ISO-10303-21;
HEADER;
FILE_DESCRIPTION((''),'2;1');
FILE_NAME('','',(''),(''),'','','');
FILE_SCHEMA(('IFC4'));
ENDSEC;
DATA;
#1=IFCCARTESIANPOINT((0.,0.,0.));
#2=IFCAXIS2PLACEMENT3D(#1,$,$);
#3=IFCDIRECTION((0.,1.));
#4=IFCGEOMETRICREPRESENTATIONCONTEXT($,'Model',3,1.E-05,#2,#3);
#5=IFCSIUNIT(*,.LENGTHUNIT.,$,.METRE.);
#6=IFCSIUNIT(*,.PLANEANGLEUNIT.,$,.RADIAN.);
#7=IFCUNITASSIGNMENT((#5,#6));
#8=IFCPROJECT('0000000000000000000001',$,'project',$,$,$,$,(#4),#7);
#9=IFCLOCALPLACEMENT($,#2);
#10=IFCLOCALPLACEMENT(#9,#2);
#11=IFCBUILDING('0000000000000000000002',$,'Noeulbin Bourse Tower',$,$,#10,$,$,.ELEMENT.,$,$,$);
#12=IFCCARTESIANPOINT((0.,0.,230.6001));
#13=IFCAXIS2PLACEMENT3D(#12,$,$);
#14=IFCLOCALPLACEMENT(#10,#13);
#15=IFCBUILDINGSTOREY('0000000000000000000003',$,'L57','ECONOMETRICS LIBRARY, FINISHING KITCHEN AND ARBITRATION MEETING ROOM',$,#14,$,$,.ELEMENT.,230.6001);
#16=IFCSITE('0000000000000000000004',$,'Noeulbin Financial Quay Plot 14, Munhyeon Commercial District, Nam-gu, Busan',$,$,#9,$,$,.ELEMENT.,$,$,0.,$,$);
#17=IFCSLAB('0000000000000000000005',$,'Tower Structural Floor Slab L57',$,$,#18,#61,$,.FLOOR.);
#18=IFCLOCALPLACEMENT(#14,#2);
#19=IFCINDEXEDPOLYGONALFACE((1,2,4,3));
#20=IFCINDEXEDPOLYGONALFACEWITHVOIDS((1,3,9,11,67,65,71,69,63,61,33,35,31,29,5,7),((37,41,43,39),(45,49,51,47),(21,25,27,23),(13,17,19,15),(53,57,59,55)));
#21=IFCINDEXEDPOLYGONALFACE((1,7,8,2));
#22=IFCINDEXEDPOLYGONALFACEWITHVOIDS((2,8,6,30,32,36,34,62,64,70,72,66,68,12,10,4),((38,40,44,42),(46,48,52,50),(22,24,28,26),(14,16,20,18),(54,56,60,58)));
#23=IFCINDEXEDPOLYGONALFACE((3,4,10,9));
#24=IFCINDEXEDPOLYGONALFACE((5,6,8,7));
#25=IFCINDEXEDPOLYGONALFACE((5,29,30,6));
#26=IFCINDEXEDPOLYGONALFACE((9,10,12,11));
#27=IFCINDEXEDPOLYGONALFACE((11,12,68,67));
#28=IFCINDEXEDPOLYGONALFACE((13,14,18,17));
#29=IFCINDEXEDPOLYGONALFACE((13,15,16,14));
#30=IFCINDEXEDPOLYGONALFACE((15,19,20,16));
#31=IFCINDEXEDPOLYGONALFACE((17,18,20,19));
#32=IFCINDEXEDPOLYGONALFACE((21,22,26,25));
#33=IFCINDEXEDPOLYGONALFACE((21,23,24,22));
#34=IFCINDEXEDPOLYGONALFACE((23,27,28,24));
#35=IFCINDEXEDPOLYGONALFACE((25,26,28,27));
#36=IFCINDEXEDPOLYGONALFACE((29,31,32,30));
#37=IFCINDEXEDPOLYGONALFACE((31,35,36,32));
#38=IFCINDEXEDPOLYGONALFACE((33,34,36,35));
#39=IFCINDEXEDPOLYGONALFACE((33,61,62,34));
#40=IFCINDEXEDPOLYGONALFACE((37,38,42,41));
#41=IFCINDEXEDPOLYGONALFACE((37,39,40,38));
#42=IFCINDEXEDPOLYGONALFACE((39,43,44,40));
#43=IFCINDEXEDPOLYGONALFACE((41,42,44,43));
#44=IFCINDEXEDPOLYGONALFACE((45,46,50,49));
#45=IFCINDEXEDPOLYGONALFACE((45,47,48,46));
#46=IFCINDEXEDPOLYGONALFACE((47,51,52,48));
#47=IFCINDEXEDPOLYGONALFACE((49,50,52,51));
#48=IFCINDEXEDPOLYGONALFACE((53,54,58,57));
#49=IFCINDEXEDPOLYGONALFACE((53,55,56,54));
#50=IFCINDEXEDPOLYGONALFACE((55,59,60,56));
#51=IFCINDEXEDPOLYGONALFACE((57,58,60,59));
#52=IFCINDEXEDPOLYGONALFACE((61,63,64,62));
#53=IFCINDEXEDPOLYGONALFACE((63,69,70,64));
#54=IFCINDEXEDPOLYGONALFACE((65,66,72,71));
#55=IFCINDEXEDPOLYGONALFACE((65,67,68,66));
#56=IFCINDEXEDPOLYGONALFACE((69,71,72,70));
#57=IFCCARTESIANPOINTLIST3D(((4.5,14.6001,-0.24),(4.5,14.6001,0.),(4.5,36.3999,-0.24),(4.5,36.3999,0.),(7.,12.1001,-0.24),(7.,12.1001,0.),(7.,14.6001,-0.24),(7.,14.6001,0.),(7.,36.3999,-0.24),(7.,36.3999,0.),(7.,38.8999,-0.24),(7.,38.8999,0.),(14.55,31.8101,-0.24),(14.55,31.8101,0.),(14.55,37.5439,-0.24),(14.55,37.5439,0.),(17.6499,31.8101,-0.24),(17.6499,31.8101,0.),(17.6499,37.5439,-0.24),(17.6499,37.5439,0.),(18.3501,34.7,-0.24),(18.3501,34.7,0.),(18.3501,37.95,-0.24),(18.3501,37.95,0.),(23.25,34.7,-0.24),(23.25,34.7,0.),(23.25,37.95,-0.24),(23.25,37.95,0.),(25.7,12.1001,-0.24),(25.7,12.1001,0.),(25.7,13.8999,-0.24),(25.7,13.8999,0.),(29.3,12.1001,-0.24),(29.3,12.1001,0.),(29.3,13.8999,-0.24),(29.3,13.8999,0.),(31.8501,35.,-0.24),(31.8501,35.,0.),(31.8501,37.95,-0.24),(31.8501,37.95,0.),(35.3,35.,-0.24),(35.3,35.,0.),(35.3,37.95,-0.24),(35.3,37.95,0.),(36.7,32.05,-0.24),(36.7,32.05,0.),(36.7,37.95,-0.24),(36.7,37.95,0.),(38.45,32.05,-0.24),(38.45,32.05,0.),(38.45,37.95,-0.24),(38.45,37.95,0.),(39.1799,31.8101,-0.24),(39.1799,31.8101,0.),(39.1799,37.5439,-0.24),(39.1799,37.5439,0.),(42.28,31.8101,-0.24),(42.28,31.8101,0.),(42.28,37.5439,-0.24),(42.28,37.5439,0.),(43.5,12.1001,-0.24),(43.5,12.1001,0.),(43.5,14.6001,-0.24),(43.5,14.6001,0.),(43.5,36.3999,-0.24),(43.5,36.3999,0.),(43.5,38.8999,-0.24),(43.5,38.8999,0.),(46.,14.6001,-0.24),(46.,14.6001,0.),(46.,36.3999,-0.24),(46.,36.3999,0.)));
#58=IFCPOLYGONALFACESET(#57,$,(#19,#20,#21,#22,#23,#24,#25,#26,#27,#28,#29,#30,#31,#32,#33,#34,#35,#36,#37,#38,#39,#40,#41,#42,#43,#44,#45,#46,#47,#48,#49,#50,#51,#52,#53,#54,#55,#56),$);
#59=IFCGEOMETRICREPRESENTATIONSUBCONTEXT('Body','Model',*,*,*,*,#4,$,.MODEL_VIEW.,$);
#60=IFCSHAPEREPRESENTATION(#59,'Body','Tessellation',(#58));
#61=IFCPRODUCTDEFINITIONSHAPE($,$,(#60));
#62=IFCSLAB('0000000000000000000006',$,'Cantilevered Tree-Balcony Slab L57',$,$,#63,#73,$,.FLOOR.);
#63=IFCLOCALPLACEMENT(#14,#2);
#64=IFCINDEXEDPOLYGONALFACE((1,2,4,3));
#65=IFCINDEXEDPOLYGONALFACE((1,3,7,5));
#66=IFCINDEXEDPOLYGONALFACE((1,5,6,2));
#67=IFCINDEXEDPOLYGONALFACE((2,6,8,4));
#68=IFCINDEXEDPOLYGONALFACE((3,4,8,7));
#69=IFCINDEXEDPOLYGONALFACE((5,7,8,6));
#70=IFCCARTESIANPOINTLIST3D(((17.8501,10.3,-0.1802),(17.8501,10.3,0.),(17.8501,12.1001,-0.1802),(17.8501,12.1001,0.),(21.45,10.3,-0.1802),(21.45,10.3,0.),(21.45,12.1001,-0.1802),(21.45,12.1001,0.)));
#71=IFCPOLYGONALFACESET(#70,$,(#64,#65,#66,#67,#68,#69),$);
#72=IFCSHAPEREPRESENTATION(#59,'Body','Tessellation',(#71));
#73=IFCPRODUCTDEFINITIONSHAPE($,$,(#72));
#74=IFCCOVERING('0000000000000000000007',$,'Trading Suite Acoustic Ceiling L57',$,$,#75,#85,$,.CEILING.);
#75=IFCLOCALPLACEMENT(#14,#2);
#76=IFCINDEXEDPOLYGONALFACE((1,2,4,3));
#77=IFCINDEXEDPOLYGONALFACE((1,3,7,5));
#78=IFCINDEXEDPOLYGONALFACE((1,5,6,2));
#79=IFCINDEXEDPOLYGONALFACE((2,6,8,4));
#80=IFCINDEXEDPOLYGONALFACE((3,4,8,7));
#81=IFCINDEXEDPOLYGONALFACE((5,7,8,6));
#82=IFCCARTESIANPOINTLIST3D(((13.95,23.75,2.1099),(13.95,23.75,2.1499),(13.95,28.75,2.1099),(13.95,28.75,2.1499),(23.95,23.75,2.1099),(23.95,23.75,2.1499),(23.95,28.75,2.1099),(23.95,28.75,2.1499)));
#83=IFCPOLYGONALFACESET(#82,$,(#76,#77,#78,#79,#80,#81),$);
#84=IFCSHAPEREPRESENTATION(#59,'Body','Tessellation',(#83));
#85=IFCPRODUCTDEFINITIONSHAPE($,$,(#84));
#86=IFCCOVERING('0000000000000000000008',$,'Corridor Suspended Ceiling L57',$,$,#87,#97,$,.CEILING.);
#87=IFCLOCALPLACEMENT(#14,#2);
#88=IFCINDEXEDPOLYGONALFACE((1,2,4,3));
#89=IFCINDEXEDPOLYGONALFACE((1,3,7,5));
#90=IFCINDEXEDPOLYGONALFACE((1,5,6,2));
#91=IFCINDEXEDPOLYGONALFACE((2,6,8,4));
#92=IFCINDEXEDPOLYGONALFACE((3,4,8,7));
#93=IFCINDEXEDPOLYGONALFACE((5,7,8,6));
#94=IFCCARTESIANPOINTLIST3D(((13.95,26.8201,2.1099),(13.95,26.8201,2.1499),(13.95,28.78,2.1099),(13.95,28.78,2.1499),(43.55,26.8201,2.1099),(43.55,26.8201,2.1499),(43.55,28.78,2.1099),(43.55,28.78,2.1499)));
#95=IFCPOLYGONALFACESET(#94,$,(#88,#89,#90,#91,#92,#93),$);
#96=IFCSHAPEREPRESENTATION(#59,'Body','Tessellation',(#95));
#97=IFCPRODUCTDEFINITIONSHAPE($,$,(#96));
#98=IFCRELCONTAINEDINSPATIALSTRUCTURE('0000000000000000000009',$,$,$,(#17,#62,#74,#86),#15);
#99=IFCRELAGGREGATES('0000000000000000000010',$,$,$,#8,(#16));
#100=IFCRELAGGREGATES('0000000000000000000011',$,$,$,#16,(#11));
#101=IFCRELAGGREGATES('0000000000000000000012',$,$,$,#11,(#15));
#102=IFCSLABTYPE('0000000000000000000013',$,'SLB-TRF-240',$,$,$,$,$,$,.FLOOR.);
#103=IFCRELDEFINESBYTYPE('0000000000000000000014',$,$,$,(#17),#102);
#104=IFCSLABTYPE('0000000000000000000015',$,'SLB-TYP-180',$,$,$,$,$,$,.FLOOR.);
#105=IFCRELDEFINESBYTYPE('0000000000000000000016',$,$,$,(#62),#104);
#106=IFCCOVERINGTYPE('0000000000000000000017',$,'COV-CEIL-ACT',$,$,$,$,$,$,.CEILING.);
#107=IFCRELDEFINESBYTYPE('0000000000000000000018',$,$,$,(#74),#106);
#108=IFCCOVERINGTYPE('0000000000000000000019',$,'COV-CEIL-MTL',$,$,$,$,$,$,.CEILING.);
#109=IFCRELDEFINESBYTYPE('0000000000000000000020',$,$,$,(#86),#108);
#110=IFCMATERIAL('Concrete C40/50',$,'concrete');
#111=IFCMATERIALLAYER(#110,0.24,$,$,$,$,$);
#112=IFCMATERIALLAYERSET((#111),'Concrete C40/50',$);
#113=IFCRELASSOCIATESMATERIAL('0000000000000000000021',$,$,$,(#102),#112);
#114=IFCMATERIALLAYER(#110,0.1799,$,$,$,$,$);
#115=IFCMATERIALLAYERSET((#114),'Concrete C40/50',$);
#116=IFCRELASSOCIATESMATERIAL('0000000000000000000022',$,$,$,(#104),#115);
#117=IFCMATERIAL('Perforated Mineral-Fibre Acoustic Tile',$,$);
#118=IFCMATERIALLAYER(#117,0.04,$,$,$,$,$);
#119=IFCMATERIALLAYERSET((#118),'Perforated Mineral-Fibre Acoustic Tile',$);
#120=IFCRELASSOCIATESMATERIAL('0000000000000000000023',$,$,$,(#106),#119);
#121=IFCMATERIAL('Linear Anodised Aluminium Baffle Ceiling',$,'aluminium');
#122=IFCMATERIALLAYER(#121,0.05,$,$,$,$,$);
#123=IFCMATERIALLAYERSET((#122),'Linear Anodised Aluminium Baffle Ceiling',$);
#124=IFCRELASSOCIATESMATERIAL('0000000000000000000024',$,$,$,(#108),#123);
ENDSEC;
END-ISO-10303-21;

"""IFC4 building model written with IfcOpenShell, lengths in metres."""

from ifc_helpers import new_model, si_unit, direction, frame, origin, place, context, subcontext, project, spatial, polyline, outline, extrude, material, layer, layer_set, type_object, element, save


model = new_model("IFC4")

# Units and contexts
model_context = context("Model", 3, precision=1e-05, world=origin(), true_north=direction((0.0, 1.0)))
body_context = subcontext(model_context, "Body", "Model", "MODEL_VIEW")
ifc_project = project(units=[si_unit("LENGTHUNIT", "METRE"), si_unit("PLANEANGLEUNIT", "RADIAN")], contexts=[model_context])

# Site, building, storey
site_placement = place(None, origin())
site = spatial("IfcSite", under=ifc_project, at=site_placement, Name="Noeulbin Financial Quay Plot 14, Munhyeon Commercial District, Nam-gu, Busan", CompositionType="ELEMENT", RefElevation=0.0)
building_placement = place(site_placement, origin())
building = spatial("IfcBuilding", under=site, at=building_placement, Name="Noeulbin Bourse Tower", CompositionType="ELEMENT")
storey_placement = place(building_placement, frame((0.0, 0.0, 230.6001)))
storey = spatial("IfcBuildingStorey", under=building, at=storey_placement, Name="L57", Description="ECONOMETRICS LIBRARY, FINISHING KITCHEN AND ARBITRATION MEETING ROOM", CompositionType="ELEMENT", Elevation=230.6001)

# Shared definitions
ifc_material_1 = material(Name="Concrete C40/50", Category="concrete")

# Slab, openings
ifc_layer_1 = layer(ifc_material_1, 0.24)
ifc_layer_set_1 = layer_set([ifc_layer_1], Name="Concrete C40/50")
slab_type_1 = type_object("IfcSlabType", Name="SLB-TRF-240", PredefinedType="FLOOR", material=ifc_layer_set_1)
slab_1_placement = place(storey_placement, frame((0.0, 0.0, -0.24)))
slab_1 = element("IfcSlab", 1, at=slab_1_placement, inside=storey, type_object=slab_type_1, Name="Tower Structural Floor Slab L57", PredefinedType="FLOOR", context=body_context, shape_type="SweptSolid", body=[
    extrude(outline(polyline([(7.0, 12.1001), (25.7, 12.1001), (25.7, 13.8999), (29.3, 13.8999), (29.3, 12.1001), (43.5, 12.1001), (43.5, 14.6001), (46.0, 14.6001), (46.0, 36.3999), (43.5, 36.3999), (43.5, 38.8999), (7.0, 38.8999), (7.0, 36.3999), (4.5, 36.3999), (4.5, 14.6001), (7.0, 14.6001), (7.0, 12.1001)]), holes=[polyline([(17.6499, 31.8101), (17.6499, 37.5439), (14.55, 37.5439), (14.55, 31.8101), (17.6499, 31.8101)]), polyline([(42.28, 31.8101), (42.28, 37.5439), (39.1799, 37.5439), (39.1799, 31.8101), (42.28, 31.8101)]), polyline([(18.3501, 34.7), (23.25, 34.7), (23.25, 37.95), (18.3501, 37.95), (18.3501, 34.7)]), polyline([(36.7, 32.05), (38.45, 32.05), (38.45, 37.95), (36.7, 37.95), (36.7, 32.05)]), polyline([(31.8501, 35.0), (35.3, 35.0), (35.3, 37.95), (31.8501, 37.95), (31.8501, 35.0)])]), origin(), (0.0, 0.0, 1.0), 0.24),
])
opening_1_placement = place(slab_1_placement, frame((0.0, 0.0, -0.01)))
element("IfcOpeningElement", 2, at=opening_1_placement, cuts=slab_1, PredefinedType="OPENING", context=body_context, shape_type="SweptSolid", body=[
    extrude(outline(polyline([(17.6499, 31.8101), (17.6499, 37.5439), (14.55, 37.5439), (14.55, 31.8101), (17.6499, 31.8101)])), origin(), (0.0, 0.0, 1.0), 0.26),
])
opening_2_placement = place(slab_1_placement, frame((0.0, 0.0, -0.01)))
element("IfcOpeningElement", 3, at=opening_2_placement, cuts=slab_1, PredefinedType="OPENING", context=body_context, shape_type="SweptSolid", body=[
    extrude(outline(polyline([(42.28, 31.8101), (42.28, 37.5439), (39.1799, 37.5439), (39.1799, 31.8101), (42.28, 31.8101)])), origin(), (0.0, 0.0, 1.0), 0.26),
])
opening_3_placement = place(slab_1_placement, frame((0.0, 0.0, -0.01)))
element("IfcOpeningElement", 4, at=opening_3_placement, cuts=slab_1, PredefinedType="OPENING", context=body_context, shape_type="SweptSolid", body=[
    extrude(outline(polyline([(18.3501, 34.7), (23.25, 34.7), (23.25, 37.95), (18.3501, 37.95), (18.3501, 34.7)])), origin(), (0.0, 0.0, 1.0), 0.26),
])
opening_4_placement = place(slab_1_placement, frame((0.0, 0.0, -0.01)))
element("IfcOpeningElement", 5, at=opening_4_placement, cuts=slab_1, PredefinedType="OPENING", context=body_context, shape_type="SweptSolid", body=[
    extrude(outline(polyline([(36.7, 32.05), (38.45, 32.05), (38.45, 37.95), (36.7, 37.95), (36.7, 32.05)])), origin(), (0.0, 0.0, 1.0), 0.26),
])
opening_5_placement = place(slab_1_placement, frame((0.0, 0.0, -0.01)))
element("IfcOpeningElement", 6, at=opening_5_placement, cuts=slab_1, PredefinedType="OPENING", context=body_context, shape_type="SweptSolid", body=[
    extrude(outline(polyline([(31.8501, 35.0), (35.3, 35.0), (35.3, 37.95), (31.8501, 37.95), (31.8501, 35.0)])), origin(), (0.0, 0.0, 1.0), 0.26),
])

# Slab
ifc_layer_2 = layer(ifc_material_1, 0.1799)
ifc_layer_set_2 = layer_set([ifc_layer_2], Name="Concrete C40/50")
slab_type_2 = type_object("IfcSlabType", Name="SLB-TYP-180", PredefinedType="FLOOR", material=ifc_layer_set_2)
slab_2_placement = place(storey_placement, frame((0.0, 0.0, -0.1802)))
element("IfcSlab", 7, at=slab_2_placement, inside=storey, type_object=slab_type_2, Name="Cantilevered Tree-Balcony Slab L57", PredefinedType="FLOOR", context=body_context, shape_type="SweptSolid", body=[
    extrude(outline(polyline([(17.8501, 10.3), (21.45, 10.3), (21.45, 12.1001), (17.8501, 12.1001), (17.8501, 10.3)])), origin(), (0.0, 0.0, 1.0), 0.1802),
])

# Coverings
ifc_material_2 = material(Name="Perforated Mineral-Fibre Acoustic Tile")
ifc_layer_3 = layer(ifc_material_2, 0.04)
ifc_layer_set_3 = layer_set([ifc_layer_3], Name="Perforated Mineral-Fibre Acoustic Tile")
covering_type_1 = type_object("IfcCoveringType", Name="COV-CEIL-ACT", PredefinedType="CEILING", material=ifc_layer_set_3)
covering_1_placement = place(storey_placement, frame((0.0, 0.0, 2.1099)))
element("IfcCovering", 8, at=covering_1_placement, inside=storey, type_object=covering_type_1, Name="Trading Suite Acoustic Ceiling L57", PredefinedType="CEILING", context=body_context, shape_type="SweptSolid", body=[
    extrude(outline(polyline([(13.95, 23.75), (23.95, 23.75), (23.95, 28.75), (13.95, 28.75), (13.95, 23.75)])), origin(), (0.0, 0.0, 1.0), 0.04),
])
ifc_material_3 = material(Name="Linear Anodised Aluminium Baffle Ceiling", Category="aluminium")
ifc_layer_4 = layer(ifc_material_3, 0.05)
ifc_layer_set_4 = layer_set([ifc_layer_4], Name="Linear Anodised Aluminium Baffle Ceiling")
covering_type_2 = type_object("IfcCoveringType", Name="COV-CEIL-MTL", PredefinedType="CEILING", material=ifc_layer_set_4)
covering_2_placement = place(storey_placement, frame((0.0, 0.0, 2.1099)))
element("IfcCovering", 9, at=covering_2_placement, inside=storey, type_object=covering_type_2, Name="Corridor Suspended Ceiling L57", PredefinedType="CEILING", context=body_context, shape_type="SweptSolid", body=[
    extrude(outline(polyline([(13.95, 26.8201), (43.55, 26.8201), (43.55, 28.78), (13.95, 28.78), (13.95, 26.8201)])), origin(), (0.0, 0.0, 1.0), 0.04),
])

save(model, "model.ifc")
